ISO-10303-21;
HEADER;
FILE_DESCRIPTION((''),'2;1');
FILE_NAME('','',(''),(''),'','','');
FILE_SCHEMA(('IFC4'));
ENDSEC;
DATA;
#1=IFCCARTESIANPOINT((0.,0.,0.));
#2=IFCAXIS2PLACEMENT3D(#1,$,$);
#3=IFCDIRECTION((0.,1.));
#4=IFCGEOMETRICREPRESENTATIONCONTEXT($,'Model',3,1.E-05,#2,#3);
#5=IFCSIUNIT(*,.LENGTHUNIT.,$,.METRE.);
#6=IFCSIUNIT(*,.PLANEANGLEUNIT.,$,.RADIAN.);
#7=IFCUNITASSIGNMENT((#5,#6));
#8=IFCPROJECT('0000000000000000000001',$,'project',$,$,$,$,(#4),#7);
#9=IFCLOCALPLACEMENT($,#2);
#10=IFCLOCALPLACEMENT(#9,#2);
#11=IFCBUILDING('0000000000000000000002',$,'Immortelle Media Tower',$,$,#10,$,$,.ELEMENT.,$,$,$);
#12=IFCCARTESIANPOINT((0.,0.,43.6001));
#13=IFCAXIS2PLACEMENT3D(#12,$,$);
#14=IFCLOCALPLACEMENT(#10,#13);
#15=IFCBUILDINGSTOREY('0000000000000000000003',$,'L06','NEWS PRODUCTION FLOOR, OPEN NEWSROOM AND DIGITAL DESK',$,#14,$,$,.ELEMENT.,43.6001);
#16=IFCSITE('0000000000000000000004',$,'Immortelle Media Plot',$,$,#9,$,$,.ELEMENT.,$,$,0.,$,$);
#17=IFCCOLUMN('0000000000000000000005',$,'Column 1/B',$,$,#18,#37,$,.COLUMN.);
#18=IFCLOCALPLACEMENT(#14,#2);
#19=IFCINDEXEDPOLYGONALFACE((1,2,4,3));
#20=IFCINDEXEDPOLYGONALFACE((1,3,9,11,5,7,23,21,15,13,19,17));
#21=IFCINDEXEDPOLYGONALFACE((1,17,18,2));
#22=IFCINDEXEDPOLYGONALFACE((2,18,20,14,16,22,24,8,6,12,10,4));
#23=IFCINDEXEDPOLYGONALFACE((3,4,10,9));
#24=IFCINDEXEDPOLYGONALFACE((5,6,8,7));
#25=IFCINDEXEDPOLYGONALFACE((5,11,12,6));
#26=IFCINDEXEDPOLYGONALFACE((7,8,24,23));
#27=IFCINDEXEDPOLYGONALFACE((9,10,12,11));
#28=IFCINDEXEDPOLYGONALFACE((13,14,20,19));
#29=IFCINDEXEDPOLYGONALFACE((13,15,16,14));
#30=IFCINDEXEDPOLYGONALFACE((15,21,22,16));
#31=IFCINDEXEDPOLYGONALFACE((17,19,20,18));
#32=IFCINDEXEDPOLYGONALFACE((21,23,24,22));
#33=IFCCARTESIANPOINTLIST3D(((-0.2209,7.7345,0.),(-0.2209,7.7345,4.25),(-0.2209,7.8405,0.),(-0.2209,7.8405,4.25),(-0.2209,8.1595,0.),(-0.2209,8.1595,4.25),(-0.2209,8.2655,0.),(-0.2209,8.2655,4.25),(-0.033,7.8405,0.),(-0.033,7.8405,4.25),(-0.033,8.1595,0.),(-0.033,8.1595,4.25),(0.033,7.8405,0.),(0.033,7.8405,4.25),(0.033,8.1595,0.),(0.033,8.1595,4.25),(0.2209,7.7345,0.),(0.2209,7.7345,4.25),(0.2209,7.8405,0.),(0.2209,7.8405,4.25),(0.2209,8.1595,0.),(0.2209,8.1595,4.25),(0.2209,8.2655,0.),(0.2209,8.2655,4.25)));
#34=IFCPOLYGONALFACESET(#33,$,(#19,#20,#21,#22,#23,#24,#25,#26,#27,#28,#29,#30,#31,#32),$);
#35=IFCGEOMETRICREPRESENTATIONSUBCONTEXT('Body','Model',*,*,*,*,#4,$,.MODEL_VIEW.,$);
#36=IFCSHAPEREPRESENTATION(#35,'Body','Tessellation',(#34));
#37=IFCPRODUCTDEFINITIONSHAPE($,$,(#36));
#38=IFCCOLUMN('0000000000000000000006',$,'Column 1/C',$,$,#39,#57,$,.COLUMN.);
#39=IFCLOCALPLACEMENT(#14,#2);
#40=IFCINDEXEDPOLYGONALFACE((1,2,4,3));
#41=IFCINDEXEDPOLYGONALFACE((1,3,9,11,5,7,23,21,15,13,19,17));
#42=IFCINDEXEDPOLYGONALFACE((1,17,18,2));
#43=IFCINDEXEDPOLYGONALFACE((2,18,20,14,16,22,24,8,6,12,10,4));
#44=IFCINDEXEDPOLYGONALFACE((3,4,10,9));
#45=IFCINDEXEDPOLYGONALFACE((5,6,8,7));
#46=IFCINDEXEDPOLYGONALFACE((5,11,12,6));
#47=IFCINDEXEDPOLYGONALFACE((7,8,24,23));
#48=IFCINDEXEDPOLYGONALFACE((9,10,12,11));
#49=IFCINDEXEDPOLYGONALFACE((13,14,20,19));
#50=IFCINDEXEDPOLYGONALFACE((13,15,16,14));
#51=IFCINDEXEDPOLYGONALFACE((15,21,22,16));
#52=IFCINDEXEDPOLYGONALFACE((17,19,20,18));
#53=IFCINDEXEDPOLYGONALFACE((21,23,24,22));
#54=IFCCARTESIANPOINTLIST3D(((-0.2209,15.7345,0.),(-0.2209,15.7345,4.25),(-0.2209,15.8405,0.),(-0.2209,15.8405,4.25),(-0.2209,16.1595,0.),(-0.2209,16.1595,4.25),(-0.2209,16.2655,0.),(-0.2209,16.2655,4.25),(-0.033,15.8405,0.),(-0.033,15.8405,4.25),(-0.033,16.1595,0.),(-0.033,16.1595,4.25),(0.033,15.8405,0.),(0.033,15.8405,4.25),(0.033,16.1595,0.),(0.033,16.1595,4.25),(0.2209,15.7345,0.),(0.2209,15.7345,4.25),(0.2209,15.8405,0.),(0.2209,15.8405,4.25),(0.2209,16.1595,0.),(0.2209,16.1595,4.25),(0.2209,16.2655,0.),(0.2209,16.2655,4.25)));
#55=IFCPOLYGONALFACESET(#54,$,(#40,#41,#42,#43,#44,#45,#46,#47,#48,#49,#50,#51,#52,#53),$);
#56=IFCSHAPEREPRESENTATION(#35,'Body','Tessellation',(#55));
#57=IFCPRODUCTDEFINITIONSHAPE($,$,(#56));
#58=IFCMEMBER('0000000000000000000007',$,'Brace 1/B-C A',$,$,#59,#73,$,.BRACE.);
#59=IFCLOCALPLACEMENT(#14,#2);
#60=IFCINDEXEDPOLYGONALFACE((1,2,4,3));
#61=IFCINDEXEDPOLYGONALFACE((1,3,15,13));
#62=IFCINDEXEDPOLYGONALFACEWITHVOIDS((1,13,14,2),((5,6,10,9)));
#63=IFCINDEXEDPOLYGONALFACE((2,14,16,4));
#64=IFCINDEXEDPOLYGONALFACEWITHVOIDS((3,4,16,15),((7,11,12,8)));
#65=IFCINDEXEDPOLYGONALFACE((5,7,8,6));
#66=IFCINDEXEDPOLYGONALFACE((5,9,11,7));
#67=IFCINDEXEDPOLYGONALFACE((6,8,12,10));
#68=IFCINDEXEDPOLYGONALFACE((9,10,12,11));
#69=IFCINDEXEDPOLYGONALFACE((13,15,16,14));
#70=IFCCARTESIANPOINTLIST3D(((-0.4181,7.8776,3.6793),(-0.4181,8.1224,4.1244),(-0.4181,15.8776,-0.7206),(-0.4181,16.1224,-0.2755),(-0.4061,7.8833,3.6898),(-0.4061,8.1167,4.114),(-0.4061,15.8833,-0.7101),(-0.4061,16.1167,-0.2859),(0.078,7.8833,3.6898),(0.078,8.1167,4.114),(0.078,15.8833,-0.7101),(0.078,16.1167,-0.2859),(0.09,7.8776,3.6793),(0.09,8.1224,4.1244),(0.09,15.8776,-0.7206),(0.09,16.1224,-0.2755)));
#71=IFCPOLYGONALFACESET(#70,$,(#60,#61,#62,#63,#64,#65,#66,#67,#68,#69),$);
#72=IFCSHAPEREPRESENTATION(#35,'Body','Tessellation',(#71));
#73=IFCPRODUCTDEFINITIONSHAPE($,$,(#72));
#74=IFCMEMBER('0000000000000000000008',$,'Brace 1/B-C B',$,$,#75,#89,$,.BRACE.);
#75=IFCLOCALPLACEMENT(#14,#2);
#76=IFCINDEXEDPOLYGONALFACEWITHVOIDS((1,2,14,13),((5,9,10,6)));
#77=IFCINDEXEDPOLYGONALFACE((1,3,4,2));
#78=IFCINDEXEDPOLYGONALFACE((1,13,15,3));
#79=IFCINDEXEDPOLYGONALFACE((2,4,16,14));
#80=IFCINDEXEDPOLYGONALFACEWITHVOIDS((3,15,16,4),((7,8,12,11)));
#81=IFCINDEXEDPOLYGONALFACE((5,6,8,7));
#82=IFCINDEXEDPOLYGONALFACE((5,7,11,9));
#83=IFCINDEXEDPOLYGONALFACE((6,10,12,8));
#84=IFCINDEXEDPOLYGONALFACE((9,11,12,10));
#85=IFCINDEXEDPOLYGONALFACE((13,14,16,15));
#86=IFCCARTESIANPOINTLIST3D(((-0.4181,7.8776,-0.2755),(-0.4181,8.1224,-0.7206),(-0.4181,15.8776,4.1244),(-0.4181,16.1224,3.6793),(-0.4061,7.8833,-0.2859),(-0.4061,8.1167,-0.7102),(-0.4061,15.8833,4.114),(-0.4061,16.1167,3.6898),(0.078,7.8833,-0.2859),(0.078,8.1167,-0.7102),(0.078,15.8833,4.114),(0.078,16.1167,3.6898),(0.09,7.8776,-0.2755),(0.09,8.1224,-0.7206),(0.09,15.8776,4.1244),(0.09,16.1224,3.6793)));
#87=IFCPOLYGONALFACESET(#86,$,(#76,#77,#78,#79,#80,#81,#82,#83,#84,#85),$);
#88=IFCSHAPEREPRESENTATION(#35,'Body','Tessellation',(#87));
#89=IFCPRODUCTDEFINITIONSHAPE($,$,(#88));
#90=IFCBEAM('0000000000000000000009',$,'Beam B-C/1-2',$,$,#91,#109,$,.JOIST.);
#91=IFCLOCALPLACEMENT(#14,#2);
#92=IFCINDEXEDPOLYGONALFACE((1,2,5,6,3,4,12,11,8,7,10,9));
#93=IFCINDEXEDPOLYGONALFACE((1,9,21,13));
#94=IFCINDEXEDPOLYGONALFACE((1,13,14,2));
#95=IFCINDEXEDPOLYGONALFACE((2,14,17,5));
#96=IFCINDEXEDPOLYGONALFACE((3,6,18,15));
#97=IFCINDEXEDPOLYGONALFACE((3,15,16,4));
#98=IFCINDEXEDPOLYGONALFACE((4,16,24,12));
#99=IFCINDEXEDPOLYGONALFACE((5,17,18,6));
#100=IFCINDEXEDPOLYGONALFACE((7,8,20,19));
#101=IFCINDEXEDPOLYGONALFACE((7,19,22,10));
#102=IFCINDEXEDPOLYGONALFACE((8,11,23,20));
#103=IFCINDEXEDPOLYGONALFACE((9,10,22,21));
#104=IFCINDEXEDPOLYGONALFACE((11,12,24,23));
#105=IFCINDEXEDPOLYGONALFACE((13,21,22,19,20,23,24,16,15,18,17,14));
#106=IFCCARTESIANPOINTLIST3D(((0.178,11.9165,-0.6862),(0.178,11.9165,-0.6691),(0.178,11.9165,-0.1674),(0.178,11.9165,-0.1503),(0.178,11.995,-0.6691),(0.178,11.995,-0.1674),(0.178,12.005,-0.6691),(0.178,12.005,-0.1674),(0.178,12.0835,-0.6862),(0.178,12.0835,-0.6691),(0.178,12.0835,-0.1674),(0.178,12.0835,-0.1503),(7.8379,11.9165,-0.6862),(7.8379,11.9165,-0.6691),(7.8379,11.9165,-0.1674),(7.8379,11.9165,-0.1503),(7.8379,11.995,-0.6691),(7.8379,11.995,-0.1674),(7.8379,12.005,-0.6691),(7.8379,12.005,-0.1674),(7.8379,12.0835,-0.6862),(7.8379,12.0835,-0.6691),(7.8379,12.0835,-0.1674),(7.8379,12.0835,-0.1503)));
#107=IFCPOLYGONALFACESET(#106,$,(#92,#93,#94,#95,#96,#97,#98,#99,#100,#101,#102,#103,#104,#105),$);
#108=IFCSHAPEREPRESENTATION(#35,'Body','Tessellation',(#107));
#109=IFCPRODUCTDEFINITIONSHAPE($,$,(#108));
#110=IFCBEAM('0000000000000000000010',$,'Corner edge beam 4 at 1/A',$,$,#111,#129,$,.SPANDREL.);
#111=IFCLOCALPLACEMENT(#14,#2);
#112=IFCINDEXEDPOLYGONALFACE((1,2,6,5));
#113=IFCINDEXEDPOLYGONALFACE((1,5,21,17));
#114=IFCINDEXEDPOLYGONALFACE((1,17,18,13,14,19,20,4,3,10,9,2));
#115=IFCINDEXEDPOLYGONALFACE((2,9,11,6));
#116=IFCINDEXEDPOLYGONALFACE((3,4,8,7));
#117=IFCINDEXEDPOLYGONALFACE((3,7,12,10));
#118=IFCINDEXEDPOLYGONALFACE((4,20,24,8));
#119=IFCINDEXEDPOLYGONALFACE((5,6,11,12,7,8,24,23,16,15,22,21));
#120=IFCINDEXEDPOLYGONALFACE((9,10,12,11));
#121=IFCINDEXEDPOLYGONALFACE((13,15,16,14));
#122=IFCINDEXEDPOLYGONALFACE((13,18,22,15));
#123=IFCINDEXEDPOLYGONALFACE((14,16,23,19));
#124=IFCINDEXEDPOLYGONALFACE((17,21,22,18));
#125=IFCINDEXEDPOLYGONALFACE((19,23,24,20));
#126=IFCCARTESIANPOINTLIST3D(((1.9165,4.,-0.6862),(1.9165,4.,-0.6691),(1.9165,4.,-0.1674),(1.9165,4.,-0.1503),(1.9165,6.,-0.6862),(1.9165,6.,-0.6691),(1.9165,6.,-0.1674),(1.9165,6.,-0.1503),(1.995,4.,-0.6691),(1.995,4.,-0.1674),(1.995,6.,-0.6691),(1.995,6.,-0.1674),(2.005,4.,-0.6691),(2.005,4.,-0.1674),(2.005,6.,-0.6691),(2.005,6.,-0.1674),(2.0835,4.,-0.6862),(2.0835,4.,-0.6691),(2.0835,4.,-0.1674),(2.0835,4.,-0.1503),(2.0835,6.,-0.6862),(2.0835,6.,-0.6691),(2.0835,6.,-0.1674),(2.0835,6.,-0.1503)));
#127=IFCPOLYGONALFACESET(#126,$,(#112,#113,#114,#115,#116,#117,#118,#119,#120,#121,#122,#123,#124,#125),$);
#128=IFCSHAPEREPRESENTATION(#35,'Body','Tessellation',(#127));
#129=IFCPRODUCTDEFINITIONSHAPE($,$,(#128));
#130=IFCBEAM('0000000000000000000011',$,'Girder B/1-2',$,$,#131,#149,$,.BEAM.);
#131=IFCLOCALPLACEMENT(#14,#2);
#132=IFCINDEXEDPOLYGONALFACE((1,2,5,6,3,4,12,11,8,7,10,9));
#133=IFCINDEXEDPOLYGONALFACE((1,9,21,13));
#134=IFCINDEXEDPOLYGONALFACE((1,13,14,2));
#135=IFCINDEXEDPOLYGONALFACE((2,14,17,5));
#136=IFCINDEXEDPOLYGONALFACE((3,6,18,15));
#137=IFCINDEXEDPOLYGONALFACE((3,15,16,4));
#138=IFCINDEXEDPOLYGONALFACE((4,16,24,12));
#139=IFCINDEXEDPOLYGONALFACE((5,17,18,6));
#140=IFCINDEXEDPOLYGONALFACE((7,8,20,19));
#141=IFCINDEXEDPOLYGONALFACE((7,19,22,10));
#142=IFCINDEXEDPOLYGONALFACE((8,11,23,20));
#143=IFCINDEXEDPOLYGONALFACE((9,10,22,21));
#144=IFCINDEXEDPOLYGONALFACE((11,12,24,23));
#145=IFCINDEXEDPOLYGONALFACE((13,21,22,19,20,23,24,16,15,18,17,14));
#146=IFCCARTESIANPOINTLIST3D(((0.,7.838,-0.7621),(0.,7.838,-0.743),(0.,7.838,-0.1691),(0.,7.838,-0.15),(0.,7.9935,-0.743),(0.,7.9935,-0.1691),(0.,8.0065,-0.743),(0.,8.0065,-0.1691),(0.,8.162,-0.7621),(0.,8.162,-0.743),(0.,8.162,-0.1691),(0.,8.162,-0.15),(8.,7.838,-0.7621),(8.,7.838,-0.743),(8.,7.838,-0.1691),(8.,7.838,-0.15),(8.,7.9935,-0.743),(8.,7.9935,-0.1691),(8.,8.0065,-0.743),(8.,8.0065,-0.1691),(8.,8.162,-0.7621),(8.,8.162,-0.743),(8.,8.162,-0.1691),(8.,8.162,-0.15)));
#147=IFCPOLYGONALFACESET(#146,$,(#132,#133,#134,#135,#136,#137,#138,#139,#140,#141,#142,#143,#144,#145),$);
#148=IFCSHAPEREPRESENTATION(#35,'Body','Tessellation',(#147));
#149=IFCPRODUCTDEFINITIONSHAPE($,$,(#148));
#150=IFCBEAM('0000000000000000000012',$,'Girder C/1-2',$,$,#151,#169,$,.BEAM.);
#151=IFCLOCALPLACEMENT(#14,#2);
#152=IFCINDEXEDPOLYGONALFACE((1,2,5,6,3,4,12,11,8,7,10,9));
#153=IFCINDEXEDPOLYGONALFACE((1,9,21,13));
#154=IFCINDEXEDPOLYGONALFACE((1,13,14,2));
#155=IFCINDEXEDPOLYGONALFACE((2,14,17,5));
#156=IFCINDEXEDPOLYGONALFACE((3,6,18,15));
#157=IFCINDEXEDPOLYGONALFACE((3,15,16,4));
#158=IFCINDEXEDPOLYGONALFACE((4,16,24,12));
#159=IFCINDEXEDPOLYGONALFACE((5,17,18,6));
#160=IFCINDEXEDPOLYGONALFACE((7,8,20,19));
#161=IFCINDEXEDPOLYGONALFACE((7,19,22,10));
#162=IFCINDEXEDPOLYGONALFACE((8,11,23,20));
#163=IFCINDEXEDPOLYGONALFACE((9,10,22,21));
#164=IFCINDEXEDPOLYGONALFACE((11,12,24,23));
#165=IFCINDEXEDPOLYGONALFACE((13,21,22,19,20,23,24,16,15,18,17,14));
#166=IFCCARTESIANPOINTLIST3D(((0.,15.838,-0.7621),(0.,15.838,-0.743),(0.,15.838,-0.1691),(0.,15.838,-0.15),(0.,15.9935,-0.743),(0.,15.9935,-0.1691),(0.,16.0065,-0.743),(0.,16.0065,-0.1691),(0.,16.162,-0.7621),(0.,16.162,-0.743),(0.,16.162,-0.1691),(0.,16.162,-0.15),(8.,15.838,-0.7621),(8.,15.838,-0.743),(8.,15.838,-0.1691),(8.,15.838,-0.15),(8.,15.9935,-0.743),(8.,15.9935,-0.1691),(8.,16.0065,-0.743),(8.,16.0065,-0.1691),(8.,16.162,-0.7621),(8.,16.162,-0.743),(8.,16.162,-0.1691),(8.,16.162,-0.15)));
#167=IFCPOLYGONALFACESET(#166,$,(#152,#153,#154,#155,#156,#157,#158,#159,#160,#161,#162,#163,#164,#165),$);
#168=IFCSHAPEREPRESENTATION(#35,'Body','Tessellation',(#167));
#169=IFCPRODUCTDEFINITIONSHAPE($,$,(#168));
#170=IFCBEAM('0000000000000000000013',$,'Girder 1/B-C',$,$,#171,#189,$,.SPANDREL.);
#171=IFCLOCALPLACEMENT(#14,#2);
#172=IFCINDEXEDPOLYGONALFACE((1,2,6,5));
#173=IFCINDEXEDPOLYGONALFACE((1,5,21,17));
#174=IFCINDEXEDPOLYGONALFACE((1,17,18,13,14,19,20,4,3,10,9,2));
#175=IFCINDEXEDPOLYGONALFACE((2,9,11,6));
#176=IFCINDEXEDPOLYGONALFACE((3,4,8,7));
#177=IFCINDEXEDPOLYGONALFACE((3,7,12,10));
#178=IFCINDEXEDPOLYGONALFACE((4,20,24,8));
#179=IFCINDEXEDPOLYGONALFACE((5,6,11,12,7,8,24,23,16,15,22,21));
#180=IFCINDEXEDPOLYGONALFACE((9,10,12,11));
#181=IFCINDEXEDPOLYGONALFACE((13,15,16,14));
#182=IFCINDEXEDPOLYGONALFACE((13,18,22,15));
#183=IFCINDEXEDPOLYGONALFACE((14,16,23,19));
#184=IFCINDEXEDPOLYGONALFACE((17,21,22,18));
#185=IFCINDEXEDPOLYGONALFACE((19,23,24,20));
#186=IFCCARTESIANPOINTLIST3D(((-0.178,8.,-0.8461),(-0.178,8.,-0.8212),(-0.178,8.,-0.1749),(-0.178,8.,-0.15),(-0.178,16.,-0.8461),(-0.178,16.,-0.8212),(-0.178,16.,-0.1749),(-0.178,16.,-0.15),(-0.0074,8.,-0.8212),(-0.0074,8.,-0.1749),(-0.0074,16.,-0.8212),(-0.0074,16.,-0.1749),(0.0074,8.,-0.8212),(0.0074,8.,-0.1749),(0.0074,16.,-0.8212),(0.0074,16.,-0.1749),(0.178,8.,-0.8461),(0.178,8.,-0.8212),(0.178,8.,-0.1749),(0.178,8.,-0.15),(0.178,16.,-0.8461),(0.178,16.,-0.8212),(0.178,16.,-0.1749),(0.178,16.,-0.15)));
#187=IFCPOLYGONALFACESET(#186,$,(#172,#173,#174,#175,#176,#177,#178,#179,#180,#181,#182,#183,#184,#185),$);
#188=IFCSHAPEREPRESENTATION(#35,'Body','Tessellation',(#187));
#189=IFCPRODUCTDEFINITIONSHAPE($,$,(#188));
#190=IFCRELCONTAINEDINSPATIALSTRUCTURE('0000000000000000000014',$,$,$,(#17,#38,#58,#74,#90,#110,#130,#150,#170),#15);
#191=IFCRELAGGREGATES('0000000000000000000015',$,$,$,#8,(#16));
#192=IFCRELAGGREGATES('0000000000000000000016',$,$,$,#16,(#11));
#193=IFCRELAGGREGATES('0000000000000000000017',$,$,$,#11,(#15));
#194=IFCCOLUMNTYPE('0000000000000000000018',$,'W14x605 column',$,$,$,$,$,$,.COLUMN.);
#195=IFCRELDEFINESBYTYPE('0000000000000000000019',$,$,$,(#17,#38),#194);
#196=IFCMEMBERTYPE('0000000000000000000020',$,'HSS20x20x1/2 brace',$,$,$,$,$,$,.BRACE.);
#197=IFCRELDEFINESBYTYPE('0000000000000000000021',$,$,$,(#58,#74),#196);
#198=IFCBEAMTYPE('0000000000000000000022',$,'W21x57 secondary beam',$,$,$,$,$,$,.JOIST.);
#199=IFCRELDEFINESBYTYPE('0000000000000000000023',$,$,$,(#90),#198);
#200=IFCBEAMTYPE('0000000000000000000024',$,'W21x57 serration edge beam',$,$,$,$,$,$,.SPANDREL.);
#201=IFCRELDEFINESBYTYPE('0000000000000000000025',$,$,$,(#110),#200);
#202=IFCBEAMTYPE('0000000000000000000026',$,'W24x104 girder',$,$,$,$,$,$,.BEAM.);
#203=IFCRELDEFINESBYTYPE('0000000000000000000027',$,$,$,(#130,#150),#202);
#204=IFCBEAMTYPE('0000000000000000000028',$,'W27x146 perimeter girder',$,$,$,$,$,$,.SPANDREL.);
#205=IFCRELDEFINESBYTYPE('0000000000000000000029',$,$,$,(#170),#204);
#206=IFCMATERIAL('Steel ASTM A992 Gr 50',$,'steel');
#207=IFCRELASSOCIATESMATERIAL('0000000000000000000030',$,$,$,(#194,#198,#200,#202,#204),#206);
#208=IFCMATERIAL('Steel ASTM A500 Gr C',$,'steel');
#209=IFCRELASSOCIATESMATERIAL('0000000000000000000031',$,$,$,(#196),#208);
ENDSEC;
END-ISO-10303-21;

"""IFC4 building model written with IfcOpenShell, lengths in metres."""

from ifc_helpers import new_model, si_unit, direction, frame, origin, origin_2d, place, context, subcontext, project, spatial, hollow_rectangle, i_section, extrude, material, material_profile, profile_set, type_object, element, save


model = new_model("IFC4")

# Units and contexts
model_context = context("Model", 3, precision=1e-05, world=origin(), true_north=direction((0.0, 1.0)))
body_context = subcontext(model_context, "Body", "Model", "MODEL_VIEW")
ifc_project = project(units=[si_unit("LENGTHUNIT", "METRE"), si_unit("PLANEANGLEUNIT", "RADIAN")], contexts=[model_context])

# Site, building, storey
site_placement = place(None, origin())
site = spatial("IfcSite", under=ifc_project, at=site_placement, Name="Immortelle Media Plot", CompositionType="ELEMENT", RefElevation=0.0)
building_placement = place(site_placement, origin())
building = spatial("IfcBuilding", under=site, at=building_placement, Name="Immortelle Media Tower", CompositionType="ELEMENT")
storey_placement = place(building_placement, frame((0.0, 0.0, 43.6001)))
storey = spatial("IfcBuildingStorey", under=building, at=storey_placement, Name="L06", Description="NEWS PRODUCTION FLOOR, OPEN NEWSROOM AND DIGITAL DESK", CompositionType="ELEMENT", Elevation=43.6001)

# Columns
ifc_material_1 = material(Name="Steel ASTM A992 Gr 50", Category="steel")
ifc_material_profile_1 = material_profile(ifc_material_1, i_section(OverallWidth=0.4419, OverallDepth=0.531, WebThickness=0.0659, FlangeThickness=0.106, at=origin_2d()), Name="W14x605")
ifc_profile_set_1 = profile_set([ifc_material_profile_1], Name="Steel ASTM A992 Gr 50")
column_type = type_object("IfcColumnType", Name="W14x605 column", PredefinedType="COLUMN", material=ifc_profile_set_1)
for number, where, z_axis, x_axis, name in (
    (1, (0.0, 8.0, 0.0), (0.0, 0.0, 1.0), (1.0, 0.0, 0.0), "Column 1/B"),
    (2, (0.0, 16.0, 0.0), (0.0, 0.0, 1.0), (1.0, 0.0, 0.0), "Column 1/C"),
):
    element("IfcColumn", number, at=place(storey_placement, frame(where, z_axis=z_axis, x_axis=x_axis)), inside=storey, type_object=column_type, Name=name, PredefinedType="COLUMN", context=body_context, shape_type="SweptSolid", body=[
        extrude(i_section(OverallWidth=0.4419, OverallDepth=0.531, WebThickness=0.0659, FlangeThickness=0.106, at=origin_2d()), origin(), (0.0, 0.0, 1.0), 4.25),
    ])

# Members
ifc_material_2 = material(Name="Steel ASTM A500 Gr C", Category="steel")
ifc_material_profile_2 = material_profile(ifc_material_2, hollow_rectangle(XDim=0.5081, YDim=0.5081, WallThickness=0.012, at=origin_2d()), Name="HSS20x20x1/2 brace")
ifc_profile_set_2 = profile_set([ifc_material_profile_2], Name="Steel ASTM A500 Gr C")
member_type = type_object("IfcMemberType", Name="HSS20x20x1/2 brace", PredefinedType="BRACE", material=ifc_profile_set_2)
for number, where, z_axis, x_axis, name in (
    (3, (-0.1641, 16.0, -0.498), (0.0, -0.87622, 0.481911), (1.0, 0.0, 0.0), "Brace 1/B-C A"),
    (4, (-0.1641, 16.0, 3.9019), (0.0, -0.87622, -0.481911), (1.0, 0.0, 0.0), "Brace 1/B-C B"),
):
    element("IfcMember", number, at=place(storey_placement, frame(where, z_axis=z_axis, x_axis=x_axis)), inside=storey, type_object=member_type, Name=name, PredefinedType="BRACE", context=body_context, shape_type="SweptSolid", body=[
        extrude(hollow_rectangle(XDim=0.5081, YDim=0.5081, WallThickness=0.012, at=origin_2d()), origin(), (0.0, 0.0, 1.0), 9.1301),
    ])

# Beams
ifc_material_profile_3 = material_profile(ifc_material_1, i_section(OverallWidth=0.167, OverallDepth=0.5359, WebThickness=0.01, FlangeThickness=0.0171, at=origin_2d()), Name="W21x57")
ifc_profile_set_3 = profile_set([ifc_material_profile_3], Name="Steel ASTM A992 Gr 50")
beam_type_1 = type_object("IfcBeamType", Name="W21x57 secondary beam", PredefinedType="JOIST", material=ifc_profile_set_3)
beam_1_placement = place(storey_placement, frame((0.178, 12.0, -0.4182), z_axis=(1.0, 0.0, 0.0), x_axis=(0.0, 1.0, 0.0)))
element("IfcBeam", 5, at=beam_1_placement, inside=storey, type_object=beam_type_1, Name="Beam B-C/1-2", PredefinedType="JOIST", context=body_context, shape_type="SweptSolid", body=[
    extrude(i_section(OverallWidth=0.167, OverallDepth=0.5359, WebThickness=0.01, FlangeThickness=0.0171, at=origin_2d()), origin(), (0.0, 0.0, 1.0), 7.6599),
])
ifc_material_profile_4 = material_profile(ifc_material_1, i_section(OverallWidth=0.167, OverallDepth=0.5359, WebThickness=0.01, FlangeThickness=0.0171, at=origin_2d()), Name="W21x57")
ifc_profile_set_4 = profile_set([ifc_material_profile_4], Name="Steel ASTM A992 Gr 50")
beam_type_2 = type_object("IfcBeamType", Name="W21x57 serration edge beam", PredefinedType="SPANDREL", material=ifc_profile_set_4)
beam_2_placement = place(storey_placement, frame((2.0, 4.0, -0.4182), z_axis=(0.0, 1.0, 0.0), x_axis=(-1.0, 0.0, 0.0)))
element("IfcBeam", 6, at=beam_2_placement, inside=storey, type_object=beam_type_2, Name="Corner edge beam 4 at 1/A", PredefinedType="SPANDREL", context=body_context, shape_type="SweptSolid", body=[
    extrude(i_section(OverallWidth=0.167, OverallDepth=0.5359, WebThickness=0.01, FlangeThickness=0.0171, at=origin_2d()), origin(), (0.0, 0.0, 1.0), 2.0),
])
ifc_material_profile_5 = material_profile(ifc_material_1, i_section(OverallWidth=0.324, OverallDepth=0.6121, WebThickness=0.0129, FlangeThickness=0.019, at=origin_2d()), Name="W24x104")
ifc_profile_set_5 = profile_set([ifc_material_profile_5], Name="Steel ASTM A992 Gr 50")
beam_type_3 = type_object("IfcBeamType", Name="W24x104 girder", PredefinedType="BEAM", material=ifc_profile_set_5)
for number, where, z_axis, x_axis, name in (
    (7, (0.0, 8.0, -0.4561), (1.0, 0.0, 0.0), (0.0, 1.0, 0.0), "Girder B/1-2"),
    (8, (0.0, 16.0, -0.4561), (1.0, 0.0, 0.0), (0.0, 1.0, 0.0), "Girder C/1-2"),
):
    element("IfcBeam", number, at=place(storey_placement, frame(where, z_axis=z_axis, x_axis=x_axis)), inside=storey, type_object=beam_type_3, Name=name, PredefinedType="BEAM", context=body_context, shape_type="SweptSolid", body=[
        extrude(i_section(OverallWidth=0.324, OverallDepth=0.6121, WebThickness=0.0129, FlangeThickness=0.019, at=origin_2d()), origin(), (0.0, 0.0, 1.0), 8.0),
    ])
ifc_material_profile_6 = material_profile(ifc_material_1, i_section(OverallWidth=0.356, OverallDepth=0.696, WebThickness=0.0149, FlangeThickness=0.0249, at=origin_2d()), Name="W27x146")
ifc_profile_set_6 = profile_set([ifc_material_profile_6], Name="Steel ASTM A992 Gr 50")
beam_type_4 = type_object("IfcBeamType", Name="W27x146 perimeter girder", PredefinedType="SPANDREL", material=ifc_profile_set_6)
for number, where, z_axis, x_axis, name in (
    (9, (0.0, 8.0, -0.498), (0.0, 1.0, 0.0), (-1.0, 0.0, 0.0), "Girder 1/B-C"),
):
    element("IfcBeam", number, at=place(storey_placement, frame(where, z_axis=z_axis, x_axis=x_axis)), inside=storey, type_object=beam_type_4, Name=name, PredefinedType="SPANDREL", context=body_context, shape_type="SweptSolid", body=[
        extrude(i_section(OverallWidth=0.356, OverallDepth=0.696, WebThickness=0.0149, FlangeThickness=0.0249, at=origin_2d()), origin(), (0.0, 0.0, 1.0), 8.0),
    ])

save(model, "model.ifc")
